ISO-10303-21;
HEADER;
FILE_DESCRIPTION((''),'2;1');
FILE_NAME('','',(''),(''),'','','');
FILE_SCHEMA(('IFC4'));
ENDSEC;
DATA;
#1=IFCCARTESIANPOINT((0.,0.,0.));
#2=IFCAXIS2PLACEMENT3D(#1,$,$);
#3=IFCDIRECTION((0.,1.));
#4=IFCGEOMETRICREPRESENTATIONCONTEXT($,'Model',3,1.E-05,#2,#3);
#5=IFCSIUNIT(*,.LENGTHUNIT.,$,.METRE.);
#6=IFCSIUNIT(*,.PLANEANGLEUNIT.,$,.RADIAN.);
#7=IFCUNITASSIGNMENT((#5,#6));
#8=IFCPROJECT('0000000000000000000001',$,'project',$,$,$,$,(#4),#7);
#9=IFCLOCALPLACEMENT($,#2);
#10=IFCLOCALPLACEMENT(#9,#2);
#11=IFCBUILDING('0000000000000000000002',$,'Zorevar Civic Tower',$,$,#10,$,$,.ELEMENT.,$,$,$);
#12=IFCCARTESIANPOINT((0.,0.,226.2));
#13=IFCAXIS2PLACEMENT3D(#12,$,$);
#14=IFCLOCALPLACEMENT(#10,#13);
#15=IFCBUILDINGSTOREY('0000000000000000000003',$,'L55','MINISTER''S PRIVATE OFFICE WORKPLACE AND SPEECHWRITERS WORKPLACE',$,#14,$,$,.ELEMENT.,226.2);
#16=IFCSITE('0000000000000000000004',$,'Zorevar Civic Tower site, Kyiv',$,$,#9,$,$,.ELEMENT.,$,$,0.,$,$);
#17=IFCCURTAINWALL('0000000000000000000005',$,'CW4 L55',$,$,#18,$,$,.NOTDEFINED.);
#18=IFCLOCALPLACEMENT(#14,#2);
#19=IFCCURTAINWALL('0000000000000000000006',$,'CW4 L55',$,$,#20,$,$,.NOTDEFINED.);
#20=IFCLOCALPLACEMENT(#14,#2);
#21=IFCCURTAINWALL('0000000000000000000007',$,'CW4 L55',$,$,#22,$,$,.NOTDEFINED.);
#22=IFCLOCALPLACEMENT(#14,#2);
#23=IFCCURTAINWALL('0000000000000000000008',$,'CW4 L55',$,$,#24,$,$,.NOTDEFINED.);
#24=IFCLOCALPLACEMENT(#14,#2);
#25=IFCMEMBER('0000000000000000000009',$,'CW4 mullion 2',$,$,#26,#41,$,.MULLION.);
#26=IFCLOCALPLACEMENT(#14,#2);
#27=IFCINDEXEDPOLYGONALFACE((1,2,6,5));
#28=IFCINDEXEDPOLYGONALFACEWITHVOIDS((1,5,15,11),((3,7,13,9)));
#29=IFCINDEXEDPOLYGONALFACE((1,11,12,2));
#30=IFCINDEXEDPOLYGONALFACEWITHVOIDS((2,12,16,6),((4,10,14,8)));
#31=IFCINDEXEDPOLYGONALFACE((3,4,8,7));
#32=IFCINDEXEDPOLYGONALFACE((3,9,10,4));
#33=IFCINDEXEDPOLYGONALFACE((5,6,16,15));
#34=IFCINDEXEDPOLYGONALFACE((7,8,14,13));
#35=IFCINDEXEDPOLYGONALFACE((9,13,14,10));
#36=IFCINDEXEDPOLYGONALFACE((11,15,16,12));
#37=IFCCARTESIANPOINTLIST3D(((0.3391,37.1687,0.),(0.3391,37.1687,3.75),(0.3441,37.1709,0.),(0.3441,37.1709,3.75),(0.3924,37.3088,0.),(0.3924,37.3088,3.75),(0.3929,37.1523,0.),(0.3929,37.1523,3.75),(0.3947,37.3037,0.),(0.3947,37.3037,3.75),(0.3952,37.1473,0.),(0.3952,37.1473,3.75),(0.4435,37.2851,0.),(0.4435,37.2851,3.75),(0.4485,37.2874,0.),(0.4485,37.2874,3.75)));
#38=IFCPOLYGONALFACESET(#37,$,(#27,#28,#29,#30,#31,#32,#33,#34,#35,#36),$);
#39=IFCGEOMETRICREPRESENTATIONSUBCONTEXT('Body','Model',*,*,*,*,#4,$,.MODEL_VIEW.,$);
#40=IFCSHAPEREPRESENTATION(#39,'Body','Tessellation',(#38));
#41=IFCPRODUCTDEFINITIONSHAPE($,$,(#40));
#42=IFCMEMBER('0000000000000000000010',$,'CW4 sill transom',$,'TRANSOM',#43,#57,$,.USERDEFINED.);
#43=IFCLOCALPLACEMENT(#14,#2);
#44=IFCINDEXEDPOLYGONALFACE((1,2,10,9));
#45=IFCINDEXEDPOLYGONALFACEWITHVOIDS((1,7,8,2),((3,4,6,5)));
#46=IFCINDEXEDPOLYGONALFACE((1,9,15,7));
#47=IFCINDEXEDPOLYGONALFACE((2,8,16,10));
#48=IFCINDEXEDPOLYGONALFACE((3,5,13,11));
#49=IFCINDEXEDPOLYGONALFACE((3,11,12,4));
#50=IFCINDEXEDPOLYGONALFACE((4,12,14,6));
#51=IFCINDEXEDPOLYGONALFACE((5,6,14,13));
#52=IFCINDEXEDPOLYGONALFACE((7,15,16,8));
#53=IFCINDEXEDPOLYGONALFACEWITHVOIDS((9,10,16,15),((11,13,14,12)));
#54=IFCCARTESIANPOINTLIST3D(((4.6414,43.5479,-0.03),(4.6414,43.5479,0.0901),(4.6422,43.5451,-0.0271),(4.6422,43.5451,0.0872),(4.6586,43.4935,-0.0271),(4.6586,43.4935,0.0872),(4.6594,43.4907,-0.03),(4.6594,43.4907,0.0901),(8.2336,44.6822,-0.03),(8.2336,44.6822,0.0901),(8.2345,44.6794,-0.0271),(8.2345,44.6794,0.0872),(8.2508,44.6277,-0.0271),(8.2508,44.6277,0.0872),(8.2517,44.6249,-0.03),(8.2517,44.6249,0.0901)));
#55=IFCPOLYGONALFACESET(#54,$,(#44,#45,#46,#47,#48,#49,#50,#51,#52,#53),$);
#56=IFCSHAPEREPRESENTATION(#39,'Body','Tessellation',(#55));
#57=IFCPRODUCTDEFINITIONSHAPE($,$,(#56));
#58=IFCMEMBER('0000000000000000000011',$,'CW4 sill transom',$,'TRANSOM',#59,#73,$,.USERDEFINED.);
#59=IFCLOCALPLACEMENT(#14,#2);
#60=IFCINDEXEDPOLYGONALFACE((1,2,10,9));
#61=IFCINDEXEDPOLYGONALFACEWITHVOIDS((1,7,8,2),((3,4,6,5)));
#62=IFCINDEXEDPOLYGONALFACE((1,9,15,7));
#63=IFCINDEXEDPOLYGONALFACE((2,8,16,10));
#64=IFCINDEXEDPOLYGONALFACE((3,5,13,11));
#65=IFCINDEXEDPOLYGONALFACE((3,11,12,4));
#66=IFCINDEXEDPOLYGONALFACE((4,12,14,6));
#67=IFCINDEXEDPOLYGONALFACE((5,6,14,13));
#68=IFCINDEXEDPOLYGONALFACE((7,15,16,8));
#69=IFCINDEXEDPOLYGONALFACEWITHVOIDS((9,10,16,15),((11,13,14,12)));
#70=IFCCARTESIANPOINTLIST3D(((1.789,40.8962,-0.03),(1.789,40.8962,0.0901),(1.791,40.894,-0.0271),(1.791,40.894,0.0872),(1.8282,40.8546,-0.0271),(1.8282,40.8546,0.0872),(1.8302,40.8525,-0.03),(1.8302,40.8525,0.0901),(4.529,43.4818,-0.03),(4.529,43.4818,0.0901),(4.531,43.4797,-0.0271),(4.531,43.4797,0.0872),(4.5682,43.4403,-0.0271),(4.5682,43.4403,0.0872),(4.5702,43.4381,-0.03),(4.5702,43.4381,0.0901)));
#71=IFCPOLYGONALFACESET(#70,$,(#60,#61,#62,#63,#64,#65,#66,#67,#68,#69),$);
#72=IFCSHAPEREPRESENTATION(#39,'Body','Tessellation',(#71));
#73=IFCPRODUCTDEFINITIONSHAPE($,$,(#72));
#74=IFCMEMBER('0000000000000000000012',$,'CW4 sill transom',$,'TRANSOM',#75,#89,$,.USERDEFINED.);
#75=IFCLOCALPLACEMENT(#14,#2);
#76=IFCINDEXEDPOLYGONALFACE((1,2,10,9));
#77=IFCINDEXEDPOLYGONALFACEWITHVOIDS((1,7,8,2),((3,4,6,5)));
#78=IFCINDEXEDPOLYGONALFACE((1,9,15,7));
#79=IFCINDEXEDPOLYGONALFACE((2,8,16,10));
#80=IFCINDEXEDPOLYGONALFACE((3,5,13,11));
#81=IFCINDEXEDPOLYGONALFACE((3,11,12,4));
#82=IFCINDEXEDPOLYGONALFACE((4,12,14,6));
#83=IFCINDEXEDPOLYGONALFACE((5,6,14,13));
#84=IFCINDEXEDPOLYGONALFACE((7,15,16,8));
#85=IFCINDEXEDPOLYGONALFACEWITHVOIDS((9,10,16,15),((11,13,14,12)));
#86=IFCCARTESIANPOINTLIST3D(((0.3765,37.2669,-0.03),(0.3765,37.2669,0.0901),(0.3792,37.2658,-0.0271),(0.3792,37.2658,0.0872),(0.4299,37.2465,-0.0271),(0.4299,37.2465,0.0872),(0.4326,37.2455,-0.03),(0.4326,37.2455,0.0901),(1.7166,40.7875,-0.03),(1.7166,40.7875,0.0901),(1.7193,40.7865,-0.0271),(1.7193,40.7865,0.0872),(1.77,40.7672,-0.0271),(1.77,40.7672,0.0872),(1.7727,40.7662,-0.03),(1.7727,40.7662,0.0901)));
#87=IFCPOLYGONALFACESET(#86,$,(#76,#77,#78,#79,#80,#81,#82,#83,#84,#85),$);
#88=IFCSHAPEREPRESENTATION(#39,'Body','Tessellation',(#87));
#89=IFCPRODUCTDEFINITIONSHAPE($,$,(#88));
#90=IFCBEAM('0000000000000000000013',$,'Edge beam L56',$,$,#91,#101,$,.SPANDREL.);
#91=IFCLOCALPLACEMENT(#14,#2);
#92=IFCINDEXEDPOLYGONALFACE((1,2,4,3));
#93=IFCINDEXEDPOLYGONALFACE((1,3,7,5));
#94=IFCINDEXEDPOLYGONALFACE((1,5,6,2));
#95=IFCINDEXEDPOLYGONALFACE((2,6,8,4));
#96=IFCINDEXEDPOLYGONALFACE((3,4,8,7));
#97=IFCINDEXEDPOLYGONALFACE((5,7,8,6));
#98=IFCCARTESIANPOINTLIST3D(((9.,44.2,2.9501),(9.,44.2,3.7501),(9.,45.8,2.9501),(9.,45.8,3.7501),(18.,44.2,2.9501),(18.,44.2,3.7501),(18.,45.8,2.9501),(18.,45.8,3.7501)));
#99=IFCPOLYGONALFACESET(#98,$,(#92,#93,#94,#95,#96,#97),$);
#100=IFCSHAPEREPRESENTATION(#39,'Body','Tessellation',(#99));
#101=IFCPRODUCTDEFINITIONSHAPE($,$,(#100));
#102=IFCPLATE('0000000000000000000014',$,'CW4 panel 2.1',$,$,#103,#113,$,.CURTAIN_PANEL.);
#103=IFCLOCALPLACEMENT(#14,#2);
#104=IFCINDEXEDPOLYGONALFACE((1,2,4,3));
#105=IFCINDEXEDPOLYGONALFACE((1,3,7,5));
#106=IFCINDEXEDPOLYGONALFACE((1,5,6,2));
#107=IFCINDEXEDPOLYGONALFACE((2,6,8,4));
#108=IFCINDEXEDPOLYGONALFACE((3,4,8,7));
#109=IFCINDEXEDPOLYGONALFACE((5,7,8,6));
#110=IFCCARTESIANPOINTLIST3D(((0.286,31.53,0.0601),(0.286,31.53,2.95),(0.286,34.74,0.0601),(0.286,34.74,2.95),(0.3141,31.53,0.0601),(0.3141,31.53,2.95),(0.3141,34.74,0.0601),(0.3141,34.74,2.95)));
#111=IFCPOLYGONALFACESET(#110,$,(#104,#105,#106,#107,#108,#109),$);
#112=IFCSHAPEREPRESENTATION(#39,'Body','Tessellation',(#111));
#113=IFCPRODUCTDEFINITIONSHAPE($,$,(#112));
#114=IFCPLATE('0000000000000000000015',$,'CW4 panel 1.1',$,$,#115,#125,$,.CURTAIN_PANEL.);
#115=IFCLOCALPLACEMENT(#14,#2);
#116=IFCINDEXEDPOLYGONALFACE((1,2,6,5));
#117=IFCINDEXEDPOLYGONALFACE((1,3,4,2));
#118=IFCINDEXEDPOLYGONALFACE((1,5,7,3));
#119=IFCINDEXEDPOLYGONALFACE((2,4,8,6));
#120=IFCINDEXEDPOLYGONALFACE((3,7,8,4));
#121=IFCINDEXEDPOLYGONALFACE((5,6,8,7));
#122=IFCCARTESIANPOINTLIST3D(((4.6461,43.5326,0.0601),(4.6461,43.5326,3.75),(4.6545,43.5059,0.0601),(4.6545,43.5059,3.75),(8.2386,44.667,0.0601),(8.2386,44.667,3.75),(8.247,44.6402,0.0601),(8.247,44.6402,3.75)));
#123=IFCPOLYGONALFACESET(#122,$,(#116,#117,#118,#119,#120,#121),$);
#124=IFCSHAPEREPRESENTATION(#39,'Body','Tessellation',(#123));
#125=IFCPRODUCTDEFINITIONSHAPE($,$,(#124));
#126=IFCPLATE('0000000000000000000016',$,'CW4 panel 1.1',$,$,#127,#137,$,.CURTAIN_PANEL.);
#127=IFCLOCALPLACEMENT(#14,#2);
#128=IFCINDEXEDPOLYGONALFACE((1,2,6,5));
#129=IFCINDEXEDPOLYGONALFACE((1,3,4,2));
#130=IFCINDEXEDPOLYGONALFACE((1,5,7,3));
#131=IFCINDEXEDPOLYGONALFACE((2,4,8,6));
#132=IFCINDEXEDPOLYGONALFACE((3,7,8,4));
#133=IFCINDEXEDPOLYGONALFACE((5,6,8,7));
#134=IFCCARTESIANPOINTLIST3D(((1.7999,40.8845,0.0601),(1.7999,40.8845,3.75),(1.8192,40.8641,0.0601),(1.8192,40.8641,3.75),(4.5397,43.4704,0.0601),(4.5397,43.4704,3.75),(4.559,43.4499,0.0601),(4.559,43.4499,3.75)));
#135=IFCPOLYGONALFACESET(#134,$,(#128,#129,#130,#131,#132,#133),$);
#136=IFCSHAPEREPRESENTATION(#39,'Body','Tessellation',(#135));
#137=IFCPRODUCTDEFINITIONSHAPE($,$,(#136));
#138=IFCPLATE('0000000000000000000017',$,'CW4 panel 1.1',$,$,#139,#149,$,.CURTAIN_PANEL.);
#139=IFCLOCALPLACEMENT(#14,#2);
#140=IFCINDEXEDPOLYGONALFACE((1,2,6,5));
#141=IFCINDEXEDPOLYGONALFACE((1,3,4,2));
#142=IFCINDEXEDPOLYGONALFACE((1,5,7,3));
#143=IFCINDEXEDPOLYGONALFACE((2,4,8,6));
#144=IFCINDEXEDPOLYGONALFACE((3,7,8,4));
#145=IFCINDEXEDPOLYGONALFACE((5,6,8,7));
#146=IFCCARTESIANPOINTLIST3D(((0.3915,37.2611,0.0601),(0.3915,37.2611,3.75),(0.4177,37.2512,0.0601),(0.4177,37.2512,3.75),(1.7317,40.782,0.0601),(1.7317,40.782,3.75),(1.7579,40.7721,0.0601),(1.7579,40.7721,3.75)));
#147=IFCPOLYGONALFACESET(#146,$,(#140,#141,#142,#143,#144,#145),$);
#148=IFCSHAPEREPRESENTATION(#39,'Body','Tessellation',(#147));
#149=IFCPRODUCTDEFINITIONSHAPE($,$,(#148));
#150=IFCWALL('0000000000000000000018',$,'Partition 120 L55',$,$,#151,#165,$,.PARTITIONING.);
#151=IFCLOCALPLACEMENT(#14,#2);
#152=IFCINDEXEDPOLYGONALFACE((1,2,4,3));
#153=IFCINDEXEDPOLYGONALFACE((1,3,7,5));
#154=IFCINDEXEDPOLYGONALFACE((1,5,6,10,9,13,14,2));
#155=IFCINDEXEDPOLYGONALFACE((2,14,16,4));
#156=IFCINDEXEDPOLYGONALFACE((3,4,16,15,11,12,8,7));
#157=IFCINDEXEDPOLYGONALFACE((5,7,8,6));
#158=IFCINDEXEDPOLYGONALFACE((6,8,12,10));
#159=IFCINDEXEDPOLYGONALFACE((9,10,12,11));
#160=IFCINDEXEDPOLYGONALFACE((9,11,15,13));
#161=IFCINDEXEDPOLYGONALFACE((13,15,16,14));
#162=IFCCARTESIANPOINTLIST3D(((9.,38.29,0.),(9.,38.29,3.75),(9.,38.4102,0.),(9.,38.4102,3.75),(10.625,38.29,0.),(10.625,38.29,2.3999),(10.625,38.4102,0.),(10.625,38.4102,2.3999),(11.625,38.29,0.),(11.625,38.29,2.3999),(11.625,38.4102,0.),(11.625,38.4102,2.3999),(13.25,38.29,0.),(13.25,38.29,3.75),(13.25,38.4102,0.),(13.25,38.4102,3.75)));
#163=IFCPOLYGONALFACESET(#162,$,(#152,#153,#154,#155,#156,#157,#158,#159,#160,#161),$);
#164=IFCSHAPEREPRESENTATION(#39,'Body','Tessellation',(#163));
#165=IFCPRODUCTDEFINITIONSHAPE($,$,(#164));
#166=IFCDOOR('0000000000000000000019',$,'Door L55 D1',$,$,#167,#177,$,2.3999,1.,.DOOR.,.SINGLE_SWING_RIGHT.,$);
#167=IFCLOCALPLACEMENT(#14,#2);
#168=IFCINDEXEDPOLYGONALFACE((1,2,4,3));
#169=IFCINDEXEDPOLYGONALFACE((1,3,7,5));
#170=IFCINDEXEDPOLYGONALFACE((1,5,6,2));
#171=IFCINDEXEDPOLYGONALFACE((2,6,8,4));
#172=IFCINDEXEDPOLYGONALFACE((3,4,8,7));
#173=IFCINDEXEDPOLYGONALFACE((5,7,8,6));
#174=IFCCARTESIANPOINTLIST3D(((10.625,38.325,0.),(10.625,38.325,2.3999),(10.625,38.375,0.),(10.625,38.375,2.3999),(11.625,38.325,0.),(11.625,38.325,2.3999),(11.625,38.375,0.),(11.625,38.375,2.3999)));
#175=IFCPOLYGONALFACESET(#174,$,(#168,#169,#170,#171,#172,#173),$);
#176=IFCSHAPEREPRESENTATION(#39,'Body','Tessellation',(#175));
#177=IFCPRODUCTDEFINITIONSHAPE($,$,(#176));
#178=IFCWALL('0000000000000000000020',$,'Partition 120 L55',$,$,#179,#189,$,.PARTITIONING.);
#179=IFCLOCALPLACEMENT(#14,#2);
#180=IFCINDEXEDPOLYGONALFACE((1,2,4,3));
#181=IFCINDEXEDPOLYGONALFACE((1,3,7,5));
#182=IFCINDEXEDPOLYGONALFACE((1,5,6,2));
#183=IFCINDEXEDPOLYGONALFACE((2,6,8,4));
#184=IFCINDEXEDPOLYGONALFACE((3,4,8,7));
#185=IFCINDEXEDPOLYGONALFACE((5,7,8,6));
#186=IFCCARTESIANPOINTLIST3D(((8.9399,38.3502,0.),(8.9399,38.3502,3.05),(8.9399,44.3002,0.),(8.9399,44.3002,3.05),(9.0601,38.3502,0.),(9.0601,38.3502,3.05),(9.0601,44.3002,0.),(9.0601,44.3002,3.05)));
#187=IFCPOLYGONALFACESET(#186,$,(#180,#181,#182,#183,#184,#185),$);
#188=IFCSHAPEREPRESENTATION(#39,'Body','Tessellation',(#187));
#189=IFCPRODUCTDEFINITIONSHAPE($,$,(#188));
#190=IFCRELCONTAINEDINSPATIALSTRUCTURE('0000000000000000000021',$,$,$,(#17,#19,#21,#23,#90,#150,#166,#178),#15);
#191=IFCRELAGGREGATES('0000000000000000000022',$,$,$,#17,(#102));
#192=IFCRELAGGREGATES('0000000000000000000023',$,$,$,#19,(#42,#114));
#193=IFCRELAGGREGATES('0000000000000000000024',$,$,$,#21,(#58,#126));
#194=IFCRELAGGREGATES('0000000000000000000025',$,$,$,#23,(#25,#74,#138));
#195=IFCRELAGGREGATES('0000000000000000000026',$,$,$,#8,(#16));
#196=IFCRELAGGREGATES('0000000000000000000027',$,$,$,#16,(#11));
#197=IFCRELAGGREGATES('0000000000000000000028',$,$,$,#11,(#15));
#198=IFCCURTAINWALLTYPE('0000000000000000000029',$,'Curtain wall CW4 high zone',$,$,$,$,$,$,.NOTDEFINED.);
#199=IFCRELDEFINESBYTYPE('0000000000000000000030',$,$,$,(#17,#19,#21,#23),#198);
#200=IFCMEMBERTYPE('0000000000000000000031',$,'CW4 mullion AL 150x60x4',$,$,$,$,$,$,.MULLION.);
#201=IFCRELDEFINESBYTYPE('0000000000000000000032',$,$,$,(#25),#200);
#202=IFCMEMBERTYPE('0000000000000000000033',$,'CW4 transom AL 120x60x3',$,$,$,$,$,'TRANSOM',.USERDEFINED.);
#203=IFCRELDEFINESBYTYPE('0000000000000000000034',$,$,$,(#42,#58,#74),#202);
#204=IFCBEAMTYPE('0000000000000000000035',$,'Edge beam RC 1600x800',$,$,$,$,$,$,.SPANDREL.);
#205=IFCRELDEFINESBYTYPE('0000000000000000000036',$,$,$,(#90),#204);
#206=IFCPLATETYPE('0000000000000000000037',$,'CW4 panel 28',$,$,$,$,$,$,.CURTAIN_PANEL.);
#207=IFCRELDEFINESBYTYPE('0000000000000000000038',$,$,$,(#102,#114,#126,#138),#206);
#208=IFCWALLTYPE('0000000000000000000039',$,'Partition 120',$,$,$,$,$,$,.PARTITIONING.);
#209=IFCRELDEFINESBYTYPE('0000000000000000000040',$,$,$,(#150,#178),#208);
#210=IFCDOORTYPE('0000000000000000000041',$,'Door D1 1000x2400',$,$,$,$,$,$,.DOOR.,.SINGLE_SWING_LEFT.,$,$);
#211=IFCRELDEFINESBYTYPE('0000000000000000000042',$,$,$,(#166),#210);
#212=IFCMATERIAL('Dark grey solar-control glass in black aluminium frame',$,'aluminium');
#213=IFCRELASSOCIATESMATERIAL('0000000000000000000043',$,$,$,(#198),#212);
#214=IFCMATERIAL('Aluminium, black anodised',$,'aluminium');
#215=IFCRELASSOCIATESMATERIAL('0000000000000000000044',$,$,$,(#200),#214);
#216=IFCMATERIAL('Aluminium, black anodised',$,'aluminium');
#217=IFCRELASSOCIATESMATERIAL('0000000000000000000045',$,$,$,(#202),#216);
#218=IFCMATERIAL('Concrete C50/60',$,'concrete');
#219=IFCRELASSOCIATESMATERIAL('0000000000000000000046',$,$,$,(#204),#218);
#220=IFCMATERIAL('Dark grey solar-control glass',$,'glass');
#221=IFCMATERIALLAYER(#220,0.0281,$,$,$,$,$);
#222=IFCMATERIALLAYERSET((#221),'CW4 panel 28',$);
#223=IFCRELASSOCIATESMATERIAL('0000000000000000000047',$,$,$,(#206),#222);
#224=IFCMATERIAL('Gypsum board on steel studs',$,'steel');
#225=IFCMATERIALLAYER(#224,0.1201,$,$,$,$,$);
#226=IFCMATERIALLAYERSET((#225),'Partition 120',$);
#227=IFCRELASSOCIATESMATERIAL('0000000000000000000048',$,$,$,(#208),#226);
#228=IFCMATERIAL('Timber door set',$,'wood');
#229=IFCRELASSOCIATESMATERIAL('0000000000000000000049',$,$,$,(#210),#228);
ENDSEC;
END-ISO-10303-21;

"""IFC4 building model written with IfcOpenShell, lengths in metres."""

from ifc_helpers import new_model, si_unit, direction, frame, frame_2d, origin, origin_2d, place, context, subcontext, project, spatial, rectangle, hollow_rectangle, extrude, material, layer, layer_set, material_profile, profile_set, type_object, element, fill, aggregate, save


model = new_model("IFC4")

# Units and contexts
model_context = context("Model", 3, precision=1e-05, world=origin(), true_north=direction((0.0, 1.0)))
body_context = subcontext(model_context, "Body", "Model", "MODEL_VIEW")
ifc_project = project(units=[si_unit("LENGTHUNIT", "METRE"), si_unit("PLANEANGLEUNIT", "RADIAN")], contexts=[model_context])

# Site, building, storey
site_placement = place(None, origin())
site = spatial("IfcSite", under=ifc_project, at=site_placement, Name="Zorevar Civic Tower site, Kyiv", CompositionType="ELEMENT", RefElevation=0.0)
building_placement = place(site_placement, origin())
building = spatial("IfcBuilding", under=site, at=building_placement, Name="Zorevar Civic Tower", CompositionType="ELEMENT")
storey_placement = place(building_placement, frame((0.0, 0.0, 226.2)))
storey = spatial("IfcBuildingStorey", under=building, at=storey_placement, Name="L55", Description="MINISTER'S PRIVATE OFFICE WORKPLACE AND SPEECHWRITERS WORKPLACE", CompositionType="ELEMENT", Elevation=226.2)

# Curtain wall
ifc_material_1 = material(Name="Dark grey solar-control glass in black aluminium frame", Category="aluminium")
curtain_wall_type = type_object("IfcCurtainWallType", Name="Curtain wall CW4 high zone", PredefinedType="NOTDEFINED", material=ifc_material_1)
curtain_wall_1_placement = place(storey_placement, origin())
curtain_wall_1 = element("IfcCurtainWall", 1, at=curtain_wall_1_placement, inside=storey, type_object=curtain_wall_type, Name="CW4 L55", PredefinedType="NOTDEFINED")
ifc_material_2 = material(Name="Aluminium, black anodised", Category="aluminium")
ifc_material_profile_1 = material_profile(ifc_material_2, hollow_rectangle(XDim=0.0601, YDim=0.1499, WallThickness=0.0039, at=origin_2d()), Name="AL 150x60x4")
ifc_profile_set_1 = profile_set([ifc_material_profile_1], Name="Aluminium, black anodised")
member_type_1 = type_object("IfcMemberType", Name="CW4 mullion AL 150x60x4", PredefinedType="MULLION", material=ifc_profile_set_1)

# Curtain walls, member
curtain_wall_2_placement = place(storey_placement, origin())
curtain_wall_2 = element("IfcCurtainWall", 2, at=curtain_wall_2_placement, inside=storey, type_object=curtain_wall_type, Name="CW4 L55", PredefinedType="NOTDEFINED")
curtain_wall_3_placement = place(storey_placement, origin())
curtain_wall_3 = element("IfcCurtainWall", 3, at=curtain_wall_3_placement, inside=storey, type_object=curtain_wall_type, Name="CW4 L55", PredefinedType="NOTDEFINED")
curtain_wall_4_placement = place(storey_placement, origin())
curtain_wall_4 = element("IfcCurtainWall", 4, at=curtain_wall_4_placement, inside=storey, type_object=curtain_wall_type, Name="CW4 L55", PredefinedType="NOTDEFINED")
member_1_placement = place(storey_placement, frame((0.3938, 37.228, 0.0), z_axis=(0.0, 0.0, 1.0), x_axis=(0.934588, -0.355731, 0.0)))
member_1 = element("IfcMember", 5, at=member_1_placement, type_object=member_type_1, Name="CW4 mullion 2", PredefinedType="MULLION", context=body_context, shape_type="SweptSolid", body=[
    extrude(hollow_rectangle(XDim=0.0601, YDim=0.1499, WallThickness=0.0039, at=origin_2d()), origin(), (0.0, 0.0, 1.0), 3.75),
])

# Members
ifc_material_3 = material(Name="Aluminium, black anodised", Category="aluminium")
ifc_material_profile_2 = material_profile(ifc_material_3, hollow_rectangle(XDim=0.0601, YDim=0.1201, WallThickness=0.0029, at=origin_2d()), Name="AL 120x60x3")
ifc_profile_set_2 = profile_set([ifc_material_profile_2], Name="Aluminium, black anodised")
member_type_2 = type_object("IfcMemberType", Name="CW4 transom AL 120x60x3", ElementType="TRANSOM", PredefinedType="USERDEFINED", material=ifc_profile_set_2)
member_2_placement = place(storey_placement, frame((8.2427, 44.6536, 0.03), z_axis=(-0.953592, -0.3011, 0.0), x_axis=(0.3011, -0.953592, 0.0)))
member_2 = element("IfcMember", 6, at=member_2_placement, type_object=member_type_2, Name="CW4 sill transom", ObjectType="TRANSOM", PredefinedType="USERDEFINED", context=body_context, shape_type="SweptSolid", body=[
    extrude(hollow_rectangle(XDim=0.0601, YDim=0.1201, WallThickness=0.0029, at=origin_2d()), origin(), (0.0, 0.0, 1.0), 3.7671),
])
member_3_placement = place(storey_placement, frame((4.5496, 43.46, 0.03), z_axis=(-0.727288, -0.686332, 0.0), x_axis=(0.686332, -0.727288, 0.0)))
member_3 = element("IfcMember", 7, at=member_3_placement, type_object=member_type_2, Name="CW4 sill transom", ObjectType="TRANSOM", PredefinedType="USERDEFINED", context=body_context, shape_type="SweptSolid", body=[
    extrude(hollow_rectangle(XDim=0.0601, YDim=0.1201, WallThickness=0.0029, at=origin_2d()), origin(), (0.0, 0.0, 1.0), 3.7673),
])
member_4_placement = place(storey_placement, frame((1.7446, 40.7769, 0.03), z_axis=(-0.355729, -0.934589, 0.0), x_axis=(0.934589, -0.355729, 0.0)))
member_4 = element("IfcMember", 8, at=member_4_placement, type_object=member_type_2, Name="CW4 sill transom", ObjectType="TRANSOM", PredefinedType="USERDEFINED", context=body_context, shape_type="SweptSolid", body=[
    extrude(hollow_rectangle(XDim=0.0601, YDim=0.1201, WallThickness=0.0029, at=origin_2d()), origin(), (0.0, 0.0, 1.0), 3.7671),
])

# Beam
ifc_material_4 = material(Name="Concrete C50/60", Category="concrete")
ifc_material_profile_3 = material_profile(ifc_material_4, rectangle(XDim=1.6001, YDim=0.8, at=origin_2d()), Name="RC 1600x800")
ifc_profile_set_3 = profile_set([ifc_material_profile_3], Name="Concrete C50/60")
beam_type_1 = type_object("IfcBeamType", Name="Edge beam RC 1600x800", PredefinedType="SPANDREL", material=ifc_profile_set_3)
beam_1_placement = place(storey_placement, frame((9.0, 45.0, 3.3501), z_axis=(1.0, 0.0, 0.0), x_axis=(0.0, 1.0, 0.0)))
element("IfcBeam", 9, at=beam_1_placement, inside=storey, type_object=beam_type_1, Name="Edge beam L56", PredefinedType="SPANDREL", context=body_context, shape_type="SweptSolid", body=[
    extrude(rectangle(XDim=1.6001, YDim=0.8, at=origin_2d()), origin(), (0.0, 0.0, 1.0), 9.0),
])

# Plates
ifc_material_5 = material(Name="Dark grey solar-control glass", Category="glass")
ifc_layer_1 = layer(ifc_material_5, 0.0281)
ifc_layer_set_1 = layer_set([ifc_layer_1], Name="CW4 panel 28")
plate_type = type_object("IfcPlateType", Name="CW4 panel 28", PredefinedType="CURTAIN_PANEL", material=ifc_layer_set_1)
plate_1_placement = place(storey_placement, frame((0.3, 33.135, 0.0601), z_axis=(0.0, 0.0, 1.0), x_axis=(0.0, 1.0, 0.0)))
plate_1 = element("IfcPlate", 10, at=plate_1_placement, type_object=plate_type, Name="CW4 panel 2.1", PredefinedType="CURTAIN_PANEL", context=body_context, shape_type="SweptSolid", body=[
    extrude(rectangle(XDim=3.21, YDim=0.0281, at=origin_2d()), origin(), (0.0, 0.0, 1.0), 2.8899),
])
aggregate(curtain_wall_1, [plate_1])
plate_2_placement = place(storey_placement, frame((6.4465, 44.0864, 0.0601), z_axis=(0.0, 0.0, 1.0), x_axis=(-0.95359, -0.301108, 0.0)))
plate_2 = element("IfcPlate", 11, at=plate_2_placement, type_object=plate_type, Name="CW4 panel 1.1", PredefinedType="CURTAIN_PANEL", context=body_context, shape_type="SweptSolid", body=[
    extrude(rectangle(XDim=3.7673, YDim=0.0281, at=origin_2d()), origin(), (0.0, 0.0, 1.0), 3.6899),
])
aggregate(curtain_wall_2, [member_2, plate_2])
plate_3_placement = place(storey_placement, frame((3.1794, 42.1672, 0.0601), z_axis=(0.0, 0.0, 1.0), x_axis=(-0.727245, -0.686378, 0.0)))
plate_3 = element("IfcPlate", 12, at=plate_3_placement, type_object=plate_type, Name="CW4 panel 1.1", PredefinedType="CURTAIN_PANEL", context=body_context, shape_type="SweptSolid", body=[
    extrude(rectangle(XDim=3.7673, YDim=0.0281, at=origin_2d()), origin(), (0.0, 0.0, 1.0), 3.6899),
])
aggregate(curtain_wall_3, [member_3, plate_3])
plate_4_placement = place(storey_placement, frame((1.0747, 39.0166, 0.0601), z_axis=(0.0, 0.0, 1.0), x_axis=(-0.355731, -0.934588, 0.0)))
plate_4 = element("IfcPlate", 13, at=plate_4_placement, type_object=plate_type, Name="CW4 panel 1.1", PredefinedType="CURTAIN_PANEL", context=body_context, shape_type="SweptSolid", body=[
    extrude(rectangle(XDim=3.7673, YDim=0.0281, at=origin_2d()), origin(), (0.0, 0.0, 1.0), 3.6899),
])
aggregate(curtain_wall_4, [member_1, member_4, plate_4])

# Wall, opening, door
ifc_material_6 = material(Name="Gypsum board on steel studs", Category="steel")
ifc_layer_2 = layer(ifc_material_6, 0.1201)
ifc_layer_set_2 = layer_set([ifc_layer_2], Name="Partition 120")
wall_type = type_object("IfcWallType", Name="Partition 120", PredefinedType="PARTITIONING", material=ifc_layer_set_2)
wall_1_placement = place(storey_placement, frame((9.0, 38.3501, 0.0), z_axis=(0.0, 0.0, 1.0), x_axis=(1.0, 0.0, 0.0)))
wall_1 = element("IfcWall", 14, at=wall_1_placement, inside=storey, type_object=wall_type, Name="Partition 120 L55", PredefinedType="PARTITIONING", context=body_context, shape_type="SweptSolid", body=[
    extrude(rectangle(XDim=4.25, YDim=0.1201, at=frame_2d((2.125, 0.0))), origin(), (0.0, 0.0, 1.0), 3.75),
])
opening_placement = place(wall_1_placement, frame((1.625, 0.0, 0.0)))
opening = element("IfcOpeningElement", 15, at=opening_placement, cuts=wall_1, PredefinedType="OPENING", context=body_context, shape_type="SweptSolid", body=[
    extrude(rectangle(XDim=1.0, YDim=2.3999, at=frame_2d((0.5, 1.2))), frame((0.0, 0.0701, 0.0), z_axis=(0.0, -1.0, 0.0), x_axis=(1.0, 0.0, 0.0)), (0.0, 0.0, 1.0), 0.1401),
])
ifc_material_7 = material(Name="Timber door set", Category="wood")
door_type = type_object("IfcDoorType", Name="Door D1 1000x2400", OperationType="SINGLE_SWING_LEFT", PredefinedType="DOOR", material=ifc_material_7)
door_placement = place(opening_placement, origin())
door = element("IfcDoor", 16, at=door_placement, inside=storey, type_object=door_type, Name="Door L55 D1", OperationType="SINGLE_SWING_RIGHT", OverallHeight=2.3999, OverallWidth=1.0, PredefinedType="DOOR", context=body_context, shape_type="SweptSolid", body=[
    extrude(rectangle(XDim=1.0, YDim=2.3999, at=frame_2d((0.5, 1.2))), frame((0.0, 0.0249, 0.0), z_axis=(0.0, -1.0, 0.0), x_axis=(1.0, 0.0, 0.0)), (0.0, 0.0, 1.0), 0.05),
])
fill(opening, door)

# Wall
wall_2_placement = place(storey_placement, frame((9.0, 38.3501, 0.0), z_axis=(0.0, 0.0, 1.0), x_axis=(0.0, 1.0, 0.0)))
element("IfcWall", 17, at=wall_2_placement, inside=storey, type_object=wall_type, Name="Partition 120 L55", PredefinedType="PARTITIONING", context=body_context, shape_type="SweptSolid", body=[
    extrude(rectangle(XDim=5.95, YDim=0.1201, at=frame_2d((2.9751, 0.0))), origin(), (0.0, 0.0, 1.0), 3.05),
])

save(model, "model.ifc")
